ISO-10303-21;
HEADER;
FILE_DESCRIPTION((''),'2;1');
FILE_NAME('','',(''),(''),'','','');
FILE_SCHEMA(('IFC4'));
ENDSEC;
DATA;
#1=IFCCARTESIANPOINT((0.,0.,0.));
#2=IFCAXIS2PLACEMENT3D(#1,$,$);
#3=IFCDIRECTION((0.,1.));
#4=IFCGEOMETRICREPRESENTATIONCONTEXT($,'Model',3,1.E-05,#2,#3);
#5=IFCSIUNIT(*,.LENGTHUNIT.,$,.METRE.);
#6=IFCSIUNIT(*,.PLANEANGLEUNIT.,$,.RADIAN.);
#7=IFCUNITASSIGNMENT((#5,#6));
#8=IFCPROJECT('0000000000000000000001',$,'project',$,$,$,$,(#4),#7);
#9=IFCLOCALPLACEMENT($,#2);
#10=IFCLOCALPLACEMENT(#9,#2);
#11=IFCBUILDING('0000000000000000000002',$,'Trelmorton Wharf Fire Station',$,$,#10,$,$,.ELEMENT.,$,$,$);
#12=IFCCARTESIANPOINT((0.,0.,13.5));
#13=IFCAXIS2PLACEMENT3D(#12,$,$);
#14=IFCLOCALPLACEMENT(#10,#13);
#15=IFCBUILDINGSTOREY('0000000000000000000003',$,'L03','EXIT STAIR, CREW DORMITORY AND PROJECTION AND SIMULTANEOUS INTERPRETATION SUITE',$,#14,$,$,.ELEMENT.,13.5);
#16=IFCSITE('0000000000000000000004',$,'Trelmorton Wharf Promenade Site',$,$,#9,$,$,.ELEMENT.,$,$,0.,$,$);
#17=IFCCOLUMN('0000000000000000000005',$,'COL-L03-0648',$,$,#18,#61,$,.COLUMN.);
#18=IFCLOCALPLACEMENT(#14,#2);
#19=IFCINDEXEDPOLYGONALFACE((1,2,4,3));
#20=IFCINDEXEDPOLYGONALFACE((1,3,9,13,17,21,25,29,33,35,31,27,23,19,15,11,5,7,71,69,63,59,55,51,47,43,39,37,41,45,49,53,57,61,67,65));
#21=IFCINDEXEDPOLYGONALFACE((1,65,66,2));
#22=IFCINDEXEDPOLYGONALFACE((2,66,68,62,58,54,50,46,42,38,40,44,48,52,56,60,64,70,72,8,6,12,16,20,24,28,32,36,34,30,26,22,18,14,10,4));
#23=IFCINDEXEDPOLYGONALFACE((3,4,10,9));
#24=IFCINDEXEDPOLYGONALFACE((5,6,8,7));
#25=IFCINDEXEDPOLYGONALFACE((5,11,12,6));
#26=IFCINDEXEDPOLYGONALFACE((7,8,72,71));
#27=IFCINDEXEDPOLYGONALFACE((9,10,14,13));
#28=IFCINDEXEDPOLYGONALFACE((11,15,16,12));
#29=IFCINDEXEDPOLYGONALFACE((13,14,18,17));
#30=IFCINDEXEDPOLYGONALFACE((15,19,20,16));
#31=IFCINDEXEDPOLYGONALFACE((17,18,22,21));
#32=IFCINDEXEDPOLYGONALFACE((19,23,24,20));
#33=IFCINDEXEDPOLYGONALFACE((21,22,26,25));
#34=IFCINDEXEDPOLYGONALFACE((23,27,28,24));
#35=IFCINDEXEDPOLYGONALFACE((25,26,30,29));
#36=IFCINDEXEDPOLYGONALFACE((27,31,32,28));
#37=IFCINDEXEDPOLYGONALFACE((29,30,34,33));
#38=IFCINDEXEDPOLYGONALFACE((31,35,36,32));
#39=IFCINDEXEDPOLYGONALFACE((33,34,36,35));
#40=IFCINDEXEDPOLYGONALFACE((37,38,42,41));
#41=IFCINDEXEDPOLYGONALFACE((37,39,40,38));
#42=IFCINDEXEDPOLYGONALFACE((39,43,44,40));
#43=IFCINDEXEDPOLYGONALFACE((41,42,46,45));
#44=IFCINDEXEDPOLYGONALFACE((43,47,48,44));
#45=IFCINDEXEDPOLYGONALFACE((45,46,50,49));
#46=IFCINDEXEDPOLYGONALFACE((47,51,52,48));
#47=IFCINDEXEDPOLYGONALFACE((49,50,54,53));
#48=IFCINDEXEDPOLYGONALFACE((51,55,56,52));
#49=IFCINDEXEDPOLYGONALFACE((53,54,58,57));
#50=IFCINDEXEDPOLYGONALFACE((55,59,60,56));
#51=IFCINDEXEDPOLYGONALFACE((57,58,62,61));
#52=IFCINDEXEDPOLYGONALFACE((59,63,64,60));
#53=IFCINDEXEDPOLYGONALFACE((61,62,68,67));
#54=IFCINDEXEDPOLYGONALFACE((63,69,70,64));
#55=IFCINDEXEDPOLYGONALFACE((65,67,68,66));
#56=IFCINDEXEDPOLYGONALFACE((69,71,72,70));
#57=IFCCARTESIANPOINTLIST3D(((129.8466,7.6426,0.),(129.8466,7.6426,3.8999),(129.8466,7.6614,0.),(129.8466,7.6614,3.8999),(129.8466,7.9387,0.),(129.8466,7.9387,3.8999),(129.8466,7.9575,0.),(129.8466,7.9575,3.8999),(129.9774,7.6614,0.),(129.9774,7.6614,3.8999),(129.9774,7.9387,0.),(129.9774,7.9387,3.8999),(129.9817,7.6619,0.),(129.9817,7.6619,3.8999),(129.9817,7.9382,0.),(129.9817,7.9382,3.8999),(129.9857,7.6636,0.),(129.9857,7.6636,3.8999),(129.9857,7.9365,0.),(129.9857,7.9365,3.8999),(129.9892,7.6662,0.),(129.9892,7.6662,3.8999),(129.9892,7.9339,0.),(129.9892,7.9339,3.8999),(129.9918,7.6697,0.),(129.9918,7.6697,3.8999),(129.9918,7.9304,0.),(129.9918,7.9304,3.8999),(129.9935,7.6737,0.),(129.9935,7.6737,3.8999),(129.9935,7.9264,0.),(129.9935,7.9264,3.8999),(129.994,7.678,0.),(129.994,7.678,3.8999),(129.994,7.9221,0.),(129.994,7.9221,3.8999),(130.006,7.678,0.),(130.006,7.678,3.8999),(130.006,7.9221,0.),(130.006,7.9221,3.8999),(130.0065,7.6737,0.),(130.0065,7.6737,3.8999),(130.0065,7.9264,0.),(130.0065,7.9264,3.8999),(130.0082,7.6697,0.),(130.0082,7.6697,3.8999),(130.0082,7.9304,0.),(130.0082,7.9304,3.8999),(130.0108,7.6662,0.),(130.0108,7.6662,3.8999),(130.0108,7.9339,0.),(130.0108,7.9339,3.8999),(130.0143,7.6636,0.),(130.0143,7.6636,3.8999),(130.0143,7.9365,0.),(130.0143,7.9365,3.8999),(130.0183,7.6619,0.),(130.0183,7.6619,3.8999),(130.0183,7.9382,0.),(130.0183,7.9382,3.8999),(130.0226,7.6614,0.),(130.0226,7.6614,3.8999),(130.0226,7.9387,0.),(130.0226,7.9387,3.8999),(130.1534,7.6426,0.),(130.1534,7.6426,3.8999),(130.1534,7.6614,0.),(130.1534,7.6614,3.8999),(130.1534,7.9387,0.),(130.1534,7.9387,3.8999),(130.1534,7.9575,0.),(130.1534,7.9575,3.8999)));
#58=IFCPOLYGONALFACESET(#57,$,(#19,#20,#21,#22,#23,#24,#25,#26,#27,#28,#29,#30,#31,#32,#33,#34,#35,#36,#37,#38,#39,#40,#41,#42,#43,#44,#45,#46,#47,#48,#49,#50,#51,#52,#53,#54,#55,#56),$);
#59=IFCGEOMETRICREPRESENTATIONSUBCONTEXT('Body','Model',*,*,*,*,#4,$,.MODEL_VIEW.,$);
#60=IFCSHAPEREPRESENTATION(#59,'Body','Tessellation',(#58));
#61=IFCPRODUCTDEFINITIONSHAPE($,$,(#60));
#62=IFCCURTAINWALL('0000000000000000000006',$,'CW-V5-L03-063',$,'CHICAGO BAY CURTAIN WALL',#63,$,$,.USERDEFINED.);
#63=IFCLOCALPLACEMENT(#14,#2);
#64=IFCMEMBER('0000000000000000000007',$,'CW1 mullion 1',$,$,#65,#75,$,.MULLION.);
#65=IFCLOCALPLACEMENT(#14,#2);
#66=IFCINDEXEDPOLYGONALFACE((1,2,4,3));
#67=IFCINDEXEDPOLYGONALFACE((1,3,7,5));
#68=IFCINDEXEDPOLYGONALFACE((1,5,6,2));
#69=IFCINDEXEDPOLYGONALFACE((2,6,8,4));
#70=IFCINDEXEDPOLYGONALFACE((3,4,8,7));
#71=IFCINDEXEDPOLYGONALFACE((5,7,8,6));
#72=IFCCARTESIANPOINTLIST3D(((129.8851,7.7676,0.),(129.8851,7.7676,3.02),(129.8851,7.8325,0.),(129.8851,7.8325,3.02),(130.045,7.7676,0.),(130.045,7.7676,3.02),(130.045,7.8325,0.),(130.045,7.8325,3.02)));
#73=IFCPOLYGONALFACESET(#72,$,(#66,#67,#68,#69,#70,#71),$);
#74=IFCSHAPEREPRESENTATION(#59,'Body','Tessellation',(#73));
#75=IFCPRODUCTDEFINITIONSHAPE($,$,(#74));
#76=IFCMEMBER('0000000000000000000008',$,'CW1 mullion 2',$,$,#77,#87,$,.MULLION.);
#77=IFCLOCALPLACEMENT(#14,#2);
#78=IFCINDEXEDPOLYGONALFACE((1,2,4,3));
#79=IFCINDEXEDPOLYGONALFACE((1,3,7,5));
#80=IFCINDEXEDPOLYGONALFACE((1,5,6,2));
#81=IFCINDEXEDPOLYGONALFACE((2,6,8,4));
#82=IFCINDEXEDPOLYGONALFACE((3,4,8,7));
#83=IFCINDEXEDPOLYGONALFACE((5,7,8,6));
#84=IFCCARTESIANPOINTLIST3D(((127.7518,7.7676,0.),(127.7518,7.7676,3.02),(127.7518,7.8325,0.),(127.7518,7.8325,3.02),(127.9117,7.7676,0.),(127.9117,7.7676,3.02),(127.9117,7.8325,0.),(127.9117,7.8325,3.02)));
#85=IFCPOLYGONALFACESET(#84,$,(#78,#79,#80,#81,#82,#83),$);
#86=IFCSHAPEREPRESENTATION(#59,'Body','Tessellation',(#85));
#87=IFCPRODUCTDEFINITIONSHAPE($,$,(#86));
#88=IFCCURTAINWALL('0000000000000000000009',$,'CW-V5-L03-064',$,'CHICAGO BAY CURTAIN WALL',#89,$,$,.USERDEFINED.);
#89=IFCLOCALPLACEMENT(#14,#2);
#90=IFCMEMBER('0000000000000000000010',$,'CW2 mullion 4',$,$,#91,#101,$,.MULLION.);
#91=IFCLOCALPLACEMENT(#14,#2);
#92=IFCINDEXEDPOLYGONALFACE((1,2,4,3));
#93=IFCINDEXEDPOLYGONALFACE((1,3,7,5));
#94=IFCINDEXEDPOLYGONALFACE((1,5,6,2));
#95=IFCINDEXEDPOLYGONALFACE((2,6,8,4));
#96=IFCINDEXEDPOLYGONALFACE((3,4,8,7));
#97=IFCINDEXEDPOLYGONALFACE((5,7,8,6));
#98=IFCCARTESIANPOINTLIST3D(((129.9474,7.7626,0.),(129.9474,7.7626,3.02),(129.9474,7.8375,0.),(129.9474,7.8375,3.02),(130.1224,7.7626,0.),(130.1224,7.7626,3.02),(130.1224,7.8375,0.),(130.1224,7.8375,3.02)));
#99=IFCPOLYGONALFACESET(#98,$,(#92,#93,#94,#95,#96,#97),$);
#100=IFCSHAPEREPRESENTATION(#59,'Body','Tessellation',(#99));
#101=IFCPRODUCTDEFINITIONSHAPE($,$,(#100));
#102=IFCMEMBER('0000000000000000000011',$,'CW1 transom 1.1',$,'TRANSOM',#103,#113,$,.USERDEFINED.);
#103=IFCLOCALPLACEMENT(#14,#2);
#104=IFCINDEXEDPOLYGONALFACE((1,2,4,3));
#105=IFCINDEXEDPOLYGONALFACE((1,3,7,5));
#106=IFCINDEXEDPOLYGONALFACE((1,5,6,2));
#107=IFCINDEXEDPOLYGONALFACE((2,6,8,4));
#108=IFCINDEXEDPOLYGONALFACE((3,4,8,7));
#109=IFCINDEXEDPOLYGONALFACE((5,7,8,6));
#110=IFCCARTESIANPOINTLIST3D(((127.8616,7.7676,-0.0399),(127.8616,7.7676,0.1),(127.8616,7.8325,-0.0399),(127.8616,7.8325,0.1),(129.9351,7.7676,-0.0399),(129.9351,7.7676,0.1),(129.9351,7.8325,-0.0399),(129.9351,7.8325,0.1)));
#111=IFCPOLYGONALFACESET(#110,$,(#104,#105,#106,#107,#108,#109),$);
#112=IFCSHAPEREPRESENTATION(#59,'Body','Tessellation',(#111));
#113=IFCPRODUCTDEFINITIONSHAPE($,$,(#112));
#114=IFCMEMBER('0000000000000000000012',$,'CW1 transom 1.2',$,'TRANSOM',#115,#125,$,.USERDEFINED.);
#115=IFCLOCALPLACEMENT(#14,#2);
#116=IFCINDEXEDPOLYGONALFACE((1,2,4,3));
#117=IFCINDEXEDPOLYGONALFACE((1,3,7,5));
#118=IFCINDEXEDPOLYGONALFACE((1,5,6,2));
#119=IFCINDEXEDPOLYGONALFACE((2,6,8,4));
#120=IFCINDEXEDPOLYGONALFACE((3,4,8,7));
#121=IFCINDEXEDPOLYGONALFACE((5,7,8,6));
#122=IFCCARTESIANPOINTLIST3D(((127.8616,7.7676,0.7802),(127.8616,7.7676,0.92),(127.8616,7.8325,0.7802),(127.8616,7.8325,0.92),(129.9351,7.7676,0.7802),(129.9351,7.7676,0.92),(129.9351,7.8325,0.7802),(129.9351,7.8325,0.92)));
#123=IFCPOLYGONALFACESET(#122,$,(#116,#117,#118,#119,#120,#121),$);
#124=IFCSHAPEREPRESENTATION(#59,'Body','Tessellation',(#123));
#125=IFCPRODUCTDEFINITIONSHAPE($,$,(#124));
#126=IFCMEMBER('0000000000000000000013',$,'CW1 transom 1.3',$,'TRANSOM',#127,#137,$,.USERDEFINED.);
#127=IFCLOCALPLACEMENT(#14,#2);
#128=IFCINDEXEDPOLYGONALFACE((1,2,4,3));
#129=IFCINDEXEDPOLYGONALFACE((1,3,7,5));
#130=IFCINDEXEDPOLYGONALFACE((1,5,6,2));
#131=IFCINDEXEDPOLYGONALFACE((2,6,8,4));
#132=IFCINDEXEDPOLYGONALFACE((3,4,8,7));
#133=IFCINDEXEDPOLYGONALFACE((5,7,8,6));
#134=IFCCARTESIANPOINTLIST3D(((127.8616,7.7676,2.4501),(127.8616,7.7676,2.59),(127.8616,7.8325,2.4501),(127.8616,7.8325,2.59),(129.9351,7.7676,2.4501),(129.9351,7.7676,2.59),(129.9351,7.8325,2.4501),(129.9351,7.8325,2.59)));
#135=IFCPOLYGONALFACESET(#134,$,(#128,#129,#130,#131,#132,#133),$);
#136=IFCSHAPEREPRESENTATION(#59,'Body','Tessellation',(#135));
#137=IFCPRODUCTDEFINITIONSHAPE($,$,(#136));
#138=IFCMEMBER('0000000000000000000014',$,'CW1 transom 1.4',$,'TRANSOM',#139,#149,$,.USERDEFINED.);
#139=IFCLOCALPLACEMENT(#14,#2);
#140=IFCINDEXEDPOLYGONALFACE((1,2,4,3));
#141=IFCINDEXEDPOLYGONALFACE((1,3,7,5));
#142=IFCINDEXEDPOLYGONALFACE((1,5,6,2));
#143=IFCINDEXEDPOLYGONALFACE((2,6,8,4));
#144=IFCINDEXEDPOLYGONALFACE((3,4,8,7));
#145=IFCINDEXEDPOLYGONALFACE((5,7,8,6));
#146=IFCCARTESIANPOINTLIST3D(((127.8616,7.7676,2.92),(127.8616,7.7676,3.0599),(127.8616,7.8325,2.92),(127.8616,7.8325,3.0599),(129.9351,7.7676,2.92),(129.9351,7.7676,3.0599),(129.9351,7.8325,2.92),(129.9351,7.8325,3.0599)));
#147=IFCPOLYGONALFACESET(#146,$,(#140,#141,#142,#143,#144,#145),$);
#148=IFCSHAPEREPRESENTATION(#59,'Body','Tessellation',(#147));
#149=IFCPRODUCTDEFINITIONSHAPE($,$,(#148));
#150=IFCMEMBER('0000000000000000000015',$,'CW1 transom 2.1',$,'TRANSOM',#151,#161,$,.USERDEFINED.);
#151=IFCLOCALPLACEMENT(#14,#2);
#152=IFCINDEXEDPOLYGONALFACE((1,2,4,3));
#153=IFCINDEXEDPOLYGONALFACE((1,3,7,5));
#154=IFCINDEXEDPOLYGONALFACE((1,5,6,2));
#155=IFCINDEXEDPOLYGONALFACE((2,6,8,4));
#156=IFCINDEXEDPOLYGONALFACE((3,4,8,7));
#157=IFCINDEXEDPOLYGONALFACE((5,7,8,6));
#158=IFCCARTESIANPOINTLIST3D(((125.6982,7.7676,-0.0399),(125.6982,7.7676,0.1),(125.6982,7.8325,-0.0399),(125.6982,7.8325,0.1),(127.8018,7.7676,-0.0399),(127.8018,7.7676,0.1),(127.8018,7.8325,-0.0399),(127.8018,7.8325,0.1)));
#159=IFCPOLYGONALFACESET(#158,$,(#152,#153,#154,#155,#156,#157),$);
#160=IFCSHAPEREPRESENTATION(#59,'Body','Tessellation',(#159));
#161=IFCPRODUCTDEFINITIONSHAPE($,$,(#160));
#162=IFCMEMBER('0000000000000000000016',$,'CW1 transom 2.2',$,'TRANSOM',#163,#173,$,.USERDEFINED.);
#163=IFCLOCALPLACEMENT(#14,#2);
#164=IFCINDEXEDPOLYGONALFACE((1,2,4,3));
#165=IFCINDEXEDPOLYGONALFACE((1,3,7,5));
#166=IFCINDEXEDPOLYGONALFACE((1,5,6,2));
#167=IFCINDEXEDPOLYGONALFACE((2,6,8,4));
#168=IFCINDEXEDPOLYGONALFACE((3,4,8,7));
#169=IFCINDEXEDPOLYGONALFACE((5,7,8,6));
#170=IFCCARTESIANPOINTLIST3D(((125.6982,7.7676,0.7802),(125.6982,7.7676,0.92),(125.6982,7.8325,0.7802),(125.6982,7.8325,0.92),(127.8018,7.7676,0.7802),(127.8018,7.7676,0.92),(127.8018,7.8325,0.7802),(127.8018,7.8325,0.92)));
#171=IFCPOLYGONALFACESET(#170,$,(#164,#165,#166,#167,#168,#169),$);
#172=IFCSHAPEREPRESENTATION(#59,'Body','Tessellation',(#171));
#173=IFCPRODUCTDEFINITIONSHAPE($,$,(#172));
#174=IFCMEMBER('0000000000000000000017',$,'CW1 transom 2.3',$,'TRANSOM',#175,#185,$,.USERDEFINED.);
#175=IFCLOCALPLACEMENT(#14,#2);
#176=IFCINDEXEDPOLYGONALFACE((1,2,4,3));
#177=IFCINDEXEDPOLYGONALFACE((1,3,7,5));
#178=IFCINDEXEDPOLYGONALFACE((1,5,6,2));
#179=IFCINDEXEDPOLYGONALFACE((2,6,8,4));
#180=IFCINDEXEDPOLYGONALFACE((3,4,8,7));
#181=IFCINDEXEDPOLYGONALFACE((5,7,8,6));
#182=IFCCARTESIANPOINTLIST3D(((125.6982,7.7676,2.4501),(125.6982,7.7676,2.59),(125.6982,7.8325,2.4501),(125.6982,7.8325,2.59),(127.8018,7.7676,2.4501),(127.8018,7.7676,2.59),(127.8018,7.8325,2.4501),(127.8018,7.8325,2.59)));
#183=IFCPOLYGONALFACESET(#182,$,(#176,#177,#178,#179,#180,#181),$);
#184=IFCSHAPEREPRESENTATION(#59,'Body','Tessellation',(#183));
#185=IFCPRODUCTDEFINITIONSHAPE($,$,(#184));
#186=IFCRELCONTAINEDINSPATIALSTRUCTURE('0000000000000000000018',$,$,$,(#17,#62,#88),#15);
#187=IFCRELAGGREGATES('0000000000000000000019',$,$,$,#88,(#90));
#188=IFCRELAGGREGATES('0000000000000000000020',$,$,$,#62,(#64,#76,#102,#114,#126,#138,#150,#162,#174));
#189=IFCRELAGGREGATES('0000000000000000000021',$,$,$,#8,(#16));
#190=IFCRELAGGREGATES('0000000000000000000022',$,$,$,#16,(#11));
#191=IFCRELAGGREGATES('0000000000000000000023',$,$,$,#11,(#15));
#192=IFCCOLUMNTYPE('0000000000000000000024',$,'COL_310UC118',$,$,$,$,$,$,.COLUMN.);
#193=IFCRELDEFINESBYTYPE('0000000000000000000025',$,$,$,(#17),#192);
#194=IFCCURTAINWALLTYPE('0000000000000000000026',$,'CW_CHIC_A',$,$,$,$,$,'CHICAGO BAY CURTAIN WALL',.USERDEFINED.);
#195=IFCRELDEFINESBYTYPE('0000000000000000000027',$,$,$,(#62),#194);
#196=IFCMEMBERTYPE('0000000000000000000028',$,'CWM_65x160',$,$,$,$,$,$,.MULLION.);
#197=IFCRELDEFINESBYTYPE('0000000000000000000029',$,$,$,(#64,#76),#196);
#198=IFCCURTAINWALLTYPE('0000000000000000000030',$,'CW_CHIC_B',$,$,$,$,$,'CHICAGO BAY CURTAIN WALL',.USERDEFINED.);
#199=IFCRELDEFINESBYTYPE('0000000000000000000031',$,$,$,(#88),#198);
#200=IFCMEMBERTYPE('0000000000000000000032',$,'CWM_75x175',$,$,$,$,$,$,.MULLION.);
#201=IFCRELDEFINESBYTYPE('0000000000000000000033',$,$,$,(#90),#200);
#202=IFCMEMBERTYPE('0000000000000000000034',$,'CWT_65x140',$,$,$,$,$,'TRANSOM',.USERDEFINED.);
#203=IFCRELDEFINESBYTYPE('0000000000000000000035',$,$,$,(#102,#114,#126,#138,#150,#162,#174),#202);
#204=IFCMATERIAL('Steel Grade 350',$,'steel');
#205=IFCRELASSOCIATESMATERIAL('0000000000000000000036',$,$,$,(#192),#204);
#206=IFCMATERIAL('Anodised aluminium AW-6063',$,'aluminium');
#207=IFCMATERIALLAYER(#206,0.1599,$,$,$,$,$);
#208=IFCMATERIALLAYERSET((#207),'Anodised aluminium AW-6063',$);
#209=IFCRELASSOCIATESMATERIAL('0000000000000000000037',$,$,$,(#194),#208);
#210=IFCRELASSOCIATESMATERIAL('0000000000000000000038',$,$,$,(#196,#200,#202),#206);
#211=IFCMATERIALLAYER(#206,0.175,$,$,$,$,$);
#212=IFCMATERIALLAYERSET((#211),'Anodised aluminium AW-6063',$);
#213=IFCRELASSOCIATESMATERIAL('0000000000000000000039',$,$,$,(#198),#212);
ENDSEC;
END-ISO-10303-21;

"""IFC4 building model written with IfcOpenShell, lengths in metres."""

from ifc_helpers import new_model, si_unit, direction, frame, origin, origin_2d, place, context, subcontext, project, spatial, rectangle, i_section, extrude, material, layer, layer_set, material_profile, profile_set, type_object, element, aggregate, save


model = new_model("IFC4")

# Units and contexts
model_context = context("Model", 3, precision=1e-05, world=origin(), true_north=direction((0.0, 1.0)))
body_context = subcontext(model_context, "Body", "Model", "MODEL_VIEW")
ifc_project = project(units=[si_unit("LENGTHUNIT", "METRE"), si_unit("PLANEANGLEUNIT", "RADIAN")], contexts=[model_context])

# Site, building, storey
site_placement = place(None, origin())
site = spatial("IfcSite", under=ifc_project, at=site_placement, Name="Trelmorton Wharf Promenade Site", CompositionType="ELEMENT", RefElevation=0.0)
building_placement = place(site_placement, origin())
building = spatial("IfcBuilding", under=site, at=building_placement, Name="Trelmorton Wharf Fire Station", CompositionType="ELEMENT")
storey_placement = place(building_placement, frame((0.0, 0.0, 13.5)))
storey = spatial("IfcBuildingStorey", under=building, at=storey_placement, Name="L03", Description="EXIT STAIR, CREW DORMITORY AND PROJECTION AND SIMULTANEOUS INTERPRETATION SUITE", CompositionType="ELEMENT", Elevation=13.5)

# Column
ifc_material_1 = material(Name="Steel Grade 350", Category="steel")
ifc_material_profile_1 = material_profile(ifc_material_1, i_section(OverallWidth=0.3069, OverallDepth=0.3149, WebThickness=0.012, FlangeThickness=0.0188, FilletRadius=0.0166, at=origin_2d()), Name="310UC118")
ifc_profile_set_1 = profile_set([ifc_material_profile_1], Name="Steel Grade 350")
column_type = type_object("IfcColumnType", Name="COL_310UC118", PredefinedType="COLUMN", material=ifc_profile_set_1)
column_placement = place(storey_placement, frame((130.0, 7.8, 0.0), z_axis=(0.0, 0.0, 1.0), x_axis=(1.0, 0.0, 0.0)))
element("IfcColumn", 1, at=column_placement, inside=storey, type_object=column_type, Name="COL-L03-0648", PredefinedType="COLUMN", context=body_context, shape_type="SweptSolid", body=[
    extrude(i_section(OverallWidth=0.3069, OverallDepth=0.3149, WebThickness=0.012, FlangeThickness=0.0188, FilletRadius=0.0166, at=origin_2d()), origin(), (0.0, 0.0, 1.0), 3.8999),
])

# Curtain wall, members
ifc_material_2 = material(Name="Anodised aluminium AW-6063", Category="aluminium")
ifc_layer_1 = layer(ifc_material_2, 0.1599)
ifc_layer_set_1 = layer_set([ifc_layer_1], Name="Anodised aluminium AW-6063")
curtain_wall_type_1 = type_object("IfcCurtainWallType", Name="CW_CHIC_A", ElementType="CHICAGO BAY CURTAIN WALL", PredefinedType="USERDEFINED", material=ifc_layer_set_1)
curtain_wall_1_placement = place(storey_placement, origin())
curtain_wall_1 = element("IfcCurtainWall", 2, at=curtain_wall_1_placement, inside=storey, type_object=curtain_wall_type_1, Name="CW-V5-L03-063", ObjectType="CHICAGO BAY CURTAIN WALL", PredefinedType="USERDEFINED")
ifc_material_profile_2 = material_profile(ifc_material_2, rectangle(XDim=0.0649, YDim=0.1599, at=origin_2d()), Name="ALU-65x160")
ifc_profile_set_2 = profile_set([ifc_material_profile_2], Name="Anodised aluminium AW-6063")
member_type_1 = type_object("IfcMemberType", Name="CWM_65x160", PredefinedType="MULLION", material=ifc_profile_set_2)
member_1_placement = place(storey_placement, frame((129.9651, 7.8, 0.0), z_axis=(0.0, 0.0, 1.0), x_axis=(0.0, -1.0, 0.0)))
member_1 = element("IfcMember", 3, at=member_1_placement, type_object=member_type_1, Name="CW1 mullion 1", PredefinedType="MULLION", context=body_context, shape_type="SweptSolid", body=[
    extrude(rectangle(XDim=0.0649, YDim=0.1599, at=origin_2d()), origin(), (0.0, 0.0, 1.0), 3.02),
])
member_2_placement = place(storey_placement, frame((127.8318, 7.8, 0.0), z_axis=(0.0, 0.0, 1.0), x_axis=(0.0, -1.0, 0.0)))
member_2 = element("IfcMember", 4, at=member_2_placement, type_object=member_type_1, Name="CW1 mullion 2", PredefinedType="MULLION", context=body_context, shape_type="SweptSolid", body=[
    extrude(rectangle(XDim=0.0649, YDim=0.1599, at=origin_2d()), origin(), (0.0, 0.0, 1.0), 3.02),
])

# Curtain wall, member
ifc_layer_2 = layer(ifc_material_2, 0.175)
ifc_layer_set_2 = layer_set([ifc_layer_2], Name="Anodised aluminium AW-6063")
curtain_wall_type_2 = type_object("IfcCurtainWallType", Name="CW_CHIC_B", ElementType="CHICAGO BAY CURTAIN WALL", PredefinedType="USERDEFINED", material=ifc_layer_set_2)
curtain_wall_2_placement = place(storey_placement, origin())
curtain_wall_2 = element("IfcCurtainWall", 5, at=curtain_wall_2_placement, inside=storey, type_object=curtain_wall_type_2, Name="CW-V5-L03-064", ObjectType="CHICAGO BAY CURTAIN WALL", PredefinedType="USERDEFINED")
ifc_material_profile_3 = material_profile(ifc_material_2, rectangle(XDim=0.075, YDim=0.175, at=origin_2d()), Name="ALU-75x175")
ifc_profile_set_3 = profile_set([ifc_material_profile_3], Name="Anodised aluminium AW-6063")
member_type_2 = type_object("IfcMemberType", Name="CWM_75x175", PredefinedType="MULLION", material=ifc_profile_set_3)
member_3_placement = place(storey_placement, frame((130.0349, 7.8, 0.0), z_axis=(0.0, 0.0, 1.0), x_axis=(0.0, -1.0, 0.0)))
member_3 = element("IfcMember", 6, at=member_3_placement, type_object=member_type_2, Name="CW2 mullion 4", PredefinedType="MULLION", context=body_context, shape_type="SweptSolid", body=[
    extrude(rectangle(XDim=0.075, YDim=0.175, at=origin_2d()), origin(), (0.0, 0.0, 1.0), 3.02),
])

# Members
ifc_material_profile_4 = material_profile(ifc_material_2, rectangle(XDim=0.0649, YDim=0.1399, at=origin_2d()), Name="ALU-65x140")
ifc_profile_set_4 = profile_set([ifc_material_profile_4], Name="Anodised aluminium AW-6063")
member_type_3 = type_object("IfcMemberType", Name="CWT_65x140", ElementType="TRANSOM", PredefinedType="USERDEFINED", material=ifc_profile_set_4)
member_4_placement = place(storey_placement, frame((129.9351, 7.8, 0.03), z_axis=(-1.0, 0.0, 0.0), x_axis=(0.0, -1.0, 0.0)))
member_4 = element("IfcMember", 7, at=member_4_placement, type_object=member_type_3, Name="CW1 transom 1.1", ObjectType="TRANSOM", PredefinedType="USERDEFINED", context=body_context, shape_type="SweptSolid", body=[
    extrude(rectangle(XDim=0.0649, YDim=0.1399, at=origin_2d()), origin(), (0.0, 0.0, 1.0), 2.0735),
])
member_5_placement = place(storey_placement, frame((129.9351, 7.8, 0.8501), z_axis=(-1.0, 0.0, 0.0), x_axis=(0.0, -1.0, 0.0)))
member_5 = element("IfcMember", 8, at=member_5_placement, type_object=member_type_3, Name="CW1 transom 1.2", ObjectType="TRANSOM", PredefinedType="USERDEFINED", context=body_context, shape_type="SweptSolid", body=[
    extrude(rectangle(XDim=0.0649, YDim=0.1399, at=origin_2d()), origin(), (0.0, 0.0, 1.0), 2.0735),
])
member_6_placement = place(storey_placement, frame((129.9351, 7.8, 2.52), z_axis=(-1.0, 0.0, 0.0), x_axis=(0.0, -1.0, 0.0)))
member_6 = element("IfcMember", 9, at=member_6_placement, type_object=member_type_3, Name="CW1 transom 1.3", ObjectType="TRANSOM", PredefinedType="USERDEFINED", context=body_context, shape_type="SweptSolid", body=[
    extrude(rectangle(XDim=0.0649, YDim=0.1399, at=origin_2d()), origin(), (0.0, 0.0, 1.0), 2.0735),
])
member_7_placement = place(storey_placement, frame((129.9351, 7.8, 2.99), z_axis=(-1.0, 0.0, 0.0), x_axis=(0.0, -1.0, 0.0)))
member_7 = element("IfcMember", 10, at=member_7_placement, type_object=member_type_3, Name="CW1 transom 1.4", ObjectType="TRANSOM", PredefinedType="USERDEFINED", context=body_context, shape_type="SweptSolid", body=[
    extrude(rectangle(XDim=0.0649, YDim=0.1399, at=origin_2d()), origin(), (0.0, 0.0, 1.0), 2.0735),
])
member_8_placement = place(storey_placement, frame((127.8018, 7.8, 0.03), z_axis=(-1.0, 0.0, 0.0), x_axis=(0.0, -1.0, 0.0)))
member_8 = element("IfcMember", 11, at=member_8_placement, type_object=member_type_3, Name="CW1 transom 2.1", ObjectType="TRANSOM", PredefinedType="USERDEFINED", context=body_context, shape_type="SweptSolid", body=[
    extrude(rectangle(XDim=0.0649, YDim=0.1399, at=origin_2d()), origin(), (0.0, 0.0, 1.0), 2.1035),
])
member_9_placement = place(storey_placement, frame((127.8018, 7.8, 0.8501), z_axis=(-1.0, 0.0, 0.0), x_axis=(0.0, -1.0, 0.0)))
member_9 = element("IfcMember", 12, at=member_9_placement, type_object=member_type_3, Name="CW1 transom 2.2", ObjectType="TRANSOM", PredefinedType="USERDEFINED", context=body_context, shape_type="SweptSolid", body=[
    extrude(rectangle(XDim=0.0649, YDim=0.1399, at=origin_2d()), origin(), (0.0, 0.0, 1.0), 2.1035),
])
member_10_placement = place(storey_placement, frame((127.8018, 7.8, 2.52), z_axis=(-1.0, 0.0, 0.0), x_axis=(0.0, -1.0, 0.0)))
member_10 = element("IfcMember", 13, at=member_10_placement, type_object=member_type_3, Name="CW1 transom 2.3", ObjectType="TRANSOM", PredefinedType="USERDEFINED", context=body_context, shape_type="SweptSolid", body=[
    extrude(rectangle(XDim=0.0649, YDim=0.1399, at=origin_2d()), origin(), (0.0, 0.0, 1.0), 2.1035),
])

aggregate(curtain_wall_2, [member_3])
aggregate(curtain_wall_1, [member_1, member_2, member_4, member_5, member_6, member_7, member_8, member_9, member_10])

save(model, "model.ifc")
